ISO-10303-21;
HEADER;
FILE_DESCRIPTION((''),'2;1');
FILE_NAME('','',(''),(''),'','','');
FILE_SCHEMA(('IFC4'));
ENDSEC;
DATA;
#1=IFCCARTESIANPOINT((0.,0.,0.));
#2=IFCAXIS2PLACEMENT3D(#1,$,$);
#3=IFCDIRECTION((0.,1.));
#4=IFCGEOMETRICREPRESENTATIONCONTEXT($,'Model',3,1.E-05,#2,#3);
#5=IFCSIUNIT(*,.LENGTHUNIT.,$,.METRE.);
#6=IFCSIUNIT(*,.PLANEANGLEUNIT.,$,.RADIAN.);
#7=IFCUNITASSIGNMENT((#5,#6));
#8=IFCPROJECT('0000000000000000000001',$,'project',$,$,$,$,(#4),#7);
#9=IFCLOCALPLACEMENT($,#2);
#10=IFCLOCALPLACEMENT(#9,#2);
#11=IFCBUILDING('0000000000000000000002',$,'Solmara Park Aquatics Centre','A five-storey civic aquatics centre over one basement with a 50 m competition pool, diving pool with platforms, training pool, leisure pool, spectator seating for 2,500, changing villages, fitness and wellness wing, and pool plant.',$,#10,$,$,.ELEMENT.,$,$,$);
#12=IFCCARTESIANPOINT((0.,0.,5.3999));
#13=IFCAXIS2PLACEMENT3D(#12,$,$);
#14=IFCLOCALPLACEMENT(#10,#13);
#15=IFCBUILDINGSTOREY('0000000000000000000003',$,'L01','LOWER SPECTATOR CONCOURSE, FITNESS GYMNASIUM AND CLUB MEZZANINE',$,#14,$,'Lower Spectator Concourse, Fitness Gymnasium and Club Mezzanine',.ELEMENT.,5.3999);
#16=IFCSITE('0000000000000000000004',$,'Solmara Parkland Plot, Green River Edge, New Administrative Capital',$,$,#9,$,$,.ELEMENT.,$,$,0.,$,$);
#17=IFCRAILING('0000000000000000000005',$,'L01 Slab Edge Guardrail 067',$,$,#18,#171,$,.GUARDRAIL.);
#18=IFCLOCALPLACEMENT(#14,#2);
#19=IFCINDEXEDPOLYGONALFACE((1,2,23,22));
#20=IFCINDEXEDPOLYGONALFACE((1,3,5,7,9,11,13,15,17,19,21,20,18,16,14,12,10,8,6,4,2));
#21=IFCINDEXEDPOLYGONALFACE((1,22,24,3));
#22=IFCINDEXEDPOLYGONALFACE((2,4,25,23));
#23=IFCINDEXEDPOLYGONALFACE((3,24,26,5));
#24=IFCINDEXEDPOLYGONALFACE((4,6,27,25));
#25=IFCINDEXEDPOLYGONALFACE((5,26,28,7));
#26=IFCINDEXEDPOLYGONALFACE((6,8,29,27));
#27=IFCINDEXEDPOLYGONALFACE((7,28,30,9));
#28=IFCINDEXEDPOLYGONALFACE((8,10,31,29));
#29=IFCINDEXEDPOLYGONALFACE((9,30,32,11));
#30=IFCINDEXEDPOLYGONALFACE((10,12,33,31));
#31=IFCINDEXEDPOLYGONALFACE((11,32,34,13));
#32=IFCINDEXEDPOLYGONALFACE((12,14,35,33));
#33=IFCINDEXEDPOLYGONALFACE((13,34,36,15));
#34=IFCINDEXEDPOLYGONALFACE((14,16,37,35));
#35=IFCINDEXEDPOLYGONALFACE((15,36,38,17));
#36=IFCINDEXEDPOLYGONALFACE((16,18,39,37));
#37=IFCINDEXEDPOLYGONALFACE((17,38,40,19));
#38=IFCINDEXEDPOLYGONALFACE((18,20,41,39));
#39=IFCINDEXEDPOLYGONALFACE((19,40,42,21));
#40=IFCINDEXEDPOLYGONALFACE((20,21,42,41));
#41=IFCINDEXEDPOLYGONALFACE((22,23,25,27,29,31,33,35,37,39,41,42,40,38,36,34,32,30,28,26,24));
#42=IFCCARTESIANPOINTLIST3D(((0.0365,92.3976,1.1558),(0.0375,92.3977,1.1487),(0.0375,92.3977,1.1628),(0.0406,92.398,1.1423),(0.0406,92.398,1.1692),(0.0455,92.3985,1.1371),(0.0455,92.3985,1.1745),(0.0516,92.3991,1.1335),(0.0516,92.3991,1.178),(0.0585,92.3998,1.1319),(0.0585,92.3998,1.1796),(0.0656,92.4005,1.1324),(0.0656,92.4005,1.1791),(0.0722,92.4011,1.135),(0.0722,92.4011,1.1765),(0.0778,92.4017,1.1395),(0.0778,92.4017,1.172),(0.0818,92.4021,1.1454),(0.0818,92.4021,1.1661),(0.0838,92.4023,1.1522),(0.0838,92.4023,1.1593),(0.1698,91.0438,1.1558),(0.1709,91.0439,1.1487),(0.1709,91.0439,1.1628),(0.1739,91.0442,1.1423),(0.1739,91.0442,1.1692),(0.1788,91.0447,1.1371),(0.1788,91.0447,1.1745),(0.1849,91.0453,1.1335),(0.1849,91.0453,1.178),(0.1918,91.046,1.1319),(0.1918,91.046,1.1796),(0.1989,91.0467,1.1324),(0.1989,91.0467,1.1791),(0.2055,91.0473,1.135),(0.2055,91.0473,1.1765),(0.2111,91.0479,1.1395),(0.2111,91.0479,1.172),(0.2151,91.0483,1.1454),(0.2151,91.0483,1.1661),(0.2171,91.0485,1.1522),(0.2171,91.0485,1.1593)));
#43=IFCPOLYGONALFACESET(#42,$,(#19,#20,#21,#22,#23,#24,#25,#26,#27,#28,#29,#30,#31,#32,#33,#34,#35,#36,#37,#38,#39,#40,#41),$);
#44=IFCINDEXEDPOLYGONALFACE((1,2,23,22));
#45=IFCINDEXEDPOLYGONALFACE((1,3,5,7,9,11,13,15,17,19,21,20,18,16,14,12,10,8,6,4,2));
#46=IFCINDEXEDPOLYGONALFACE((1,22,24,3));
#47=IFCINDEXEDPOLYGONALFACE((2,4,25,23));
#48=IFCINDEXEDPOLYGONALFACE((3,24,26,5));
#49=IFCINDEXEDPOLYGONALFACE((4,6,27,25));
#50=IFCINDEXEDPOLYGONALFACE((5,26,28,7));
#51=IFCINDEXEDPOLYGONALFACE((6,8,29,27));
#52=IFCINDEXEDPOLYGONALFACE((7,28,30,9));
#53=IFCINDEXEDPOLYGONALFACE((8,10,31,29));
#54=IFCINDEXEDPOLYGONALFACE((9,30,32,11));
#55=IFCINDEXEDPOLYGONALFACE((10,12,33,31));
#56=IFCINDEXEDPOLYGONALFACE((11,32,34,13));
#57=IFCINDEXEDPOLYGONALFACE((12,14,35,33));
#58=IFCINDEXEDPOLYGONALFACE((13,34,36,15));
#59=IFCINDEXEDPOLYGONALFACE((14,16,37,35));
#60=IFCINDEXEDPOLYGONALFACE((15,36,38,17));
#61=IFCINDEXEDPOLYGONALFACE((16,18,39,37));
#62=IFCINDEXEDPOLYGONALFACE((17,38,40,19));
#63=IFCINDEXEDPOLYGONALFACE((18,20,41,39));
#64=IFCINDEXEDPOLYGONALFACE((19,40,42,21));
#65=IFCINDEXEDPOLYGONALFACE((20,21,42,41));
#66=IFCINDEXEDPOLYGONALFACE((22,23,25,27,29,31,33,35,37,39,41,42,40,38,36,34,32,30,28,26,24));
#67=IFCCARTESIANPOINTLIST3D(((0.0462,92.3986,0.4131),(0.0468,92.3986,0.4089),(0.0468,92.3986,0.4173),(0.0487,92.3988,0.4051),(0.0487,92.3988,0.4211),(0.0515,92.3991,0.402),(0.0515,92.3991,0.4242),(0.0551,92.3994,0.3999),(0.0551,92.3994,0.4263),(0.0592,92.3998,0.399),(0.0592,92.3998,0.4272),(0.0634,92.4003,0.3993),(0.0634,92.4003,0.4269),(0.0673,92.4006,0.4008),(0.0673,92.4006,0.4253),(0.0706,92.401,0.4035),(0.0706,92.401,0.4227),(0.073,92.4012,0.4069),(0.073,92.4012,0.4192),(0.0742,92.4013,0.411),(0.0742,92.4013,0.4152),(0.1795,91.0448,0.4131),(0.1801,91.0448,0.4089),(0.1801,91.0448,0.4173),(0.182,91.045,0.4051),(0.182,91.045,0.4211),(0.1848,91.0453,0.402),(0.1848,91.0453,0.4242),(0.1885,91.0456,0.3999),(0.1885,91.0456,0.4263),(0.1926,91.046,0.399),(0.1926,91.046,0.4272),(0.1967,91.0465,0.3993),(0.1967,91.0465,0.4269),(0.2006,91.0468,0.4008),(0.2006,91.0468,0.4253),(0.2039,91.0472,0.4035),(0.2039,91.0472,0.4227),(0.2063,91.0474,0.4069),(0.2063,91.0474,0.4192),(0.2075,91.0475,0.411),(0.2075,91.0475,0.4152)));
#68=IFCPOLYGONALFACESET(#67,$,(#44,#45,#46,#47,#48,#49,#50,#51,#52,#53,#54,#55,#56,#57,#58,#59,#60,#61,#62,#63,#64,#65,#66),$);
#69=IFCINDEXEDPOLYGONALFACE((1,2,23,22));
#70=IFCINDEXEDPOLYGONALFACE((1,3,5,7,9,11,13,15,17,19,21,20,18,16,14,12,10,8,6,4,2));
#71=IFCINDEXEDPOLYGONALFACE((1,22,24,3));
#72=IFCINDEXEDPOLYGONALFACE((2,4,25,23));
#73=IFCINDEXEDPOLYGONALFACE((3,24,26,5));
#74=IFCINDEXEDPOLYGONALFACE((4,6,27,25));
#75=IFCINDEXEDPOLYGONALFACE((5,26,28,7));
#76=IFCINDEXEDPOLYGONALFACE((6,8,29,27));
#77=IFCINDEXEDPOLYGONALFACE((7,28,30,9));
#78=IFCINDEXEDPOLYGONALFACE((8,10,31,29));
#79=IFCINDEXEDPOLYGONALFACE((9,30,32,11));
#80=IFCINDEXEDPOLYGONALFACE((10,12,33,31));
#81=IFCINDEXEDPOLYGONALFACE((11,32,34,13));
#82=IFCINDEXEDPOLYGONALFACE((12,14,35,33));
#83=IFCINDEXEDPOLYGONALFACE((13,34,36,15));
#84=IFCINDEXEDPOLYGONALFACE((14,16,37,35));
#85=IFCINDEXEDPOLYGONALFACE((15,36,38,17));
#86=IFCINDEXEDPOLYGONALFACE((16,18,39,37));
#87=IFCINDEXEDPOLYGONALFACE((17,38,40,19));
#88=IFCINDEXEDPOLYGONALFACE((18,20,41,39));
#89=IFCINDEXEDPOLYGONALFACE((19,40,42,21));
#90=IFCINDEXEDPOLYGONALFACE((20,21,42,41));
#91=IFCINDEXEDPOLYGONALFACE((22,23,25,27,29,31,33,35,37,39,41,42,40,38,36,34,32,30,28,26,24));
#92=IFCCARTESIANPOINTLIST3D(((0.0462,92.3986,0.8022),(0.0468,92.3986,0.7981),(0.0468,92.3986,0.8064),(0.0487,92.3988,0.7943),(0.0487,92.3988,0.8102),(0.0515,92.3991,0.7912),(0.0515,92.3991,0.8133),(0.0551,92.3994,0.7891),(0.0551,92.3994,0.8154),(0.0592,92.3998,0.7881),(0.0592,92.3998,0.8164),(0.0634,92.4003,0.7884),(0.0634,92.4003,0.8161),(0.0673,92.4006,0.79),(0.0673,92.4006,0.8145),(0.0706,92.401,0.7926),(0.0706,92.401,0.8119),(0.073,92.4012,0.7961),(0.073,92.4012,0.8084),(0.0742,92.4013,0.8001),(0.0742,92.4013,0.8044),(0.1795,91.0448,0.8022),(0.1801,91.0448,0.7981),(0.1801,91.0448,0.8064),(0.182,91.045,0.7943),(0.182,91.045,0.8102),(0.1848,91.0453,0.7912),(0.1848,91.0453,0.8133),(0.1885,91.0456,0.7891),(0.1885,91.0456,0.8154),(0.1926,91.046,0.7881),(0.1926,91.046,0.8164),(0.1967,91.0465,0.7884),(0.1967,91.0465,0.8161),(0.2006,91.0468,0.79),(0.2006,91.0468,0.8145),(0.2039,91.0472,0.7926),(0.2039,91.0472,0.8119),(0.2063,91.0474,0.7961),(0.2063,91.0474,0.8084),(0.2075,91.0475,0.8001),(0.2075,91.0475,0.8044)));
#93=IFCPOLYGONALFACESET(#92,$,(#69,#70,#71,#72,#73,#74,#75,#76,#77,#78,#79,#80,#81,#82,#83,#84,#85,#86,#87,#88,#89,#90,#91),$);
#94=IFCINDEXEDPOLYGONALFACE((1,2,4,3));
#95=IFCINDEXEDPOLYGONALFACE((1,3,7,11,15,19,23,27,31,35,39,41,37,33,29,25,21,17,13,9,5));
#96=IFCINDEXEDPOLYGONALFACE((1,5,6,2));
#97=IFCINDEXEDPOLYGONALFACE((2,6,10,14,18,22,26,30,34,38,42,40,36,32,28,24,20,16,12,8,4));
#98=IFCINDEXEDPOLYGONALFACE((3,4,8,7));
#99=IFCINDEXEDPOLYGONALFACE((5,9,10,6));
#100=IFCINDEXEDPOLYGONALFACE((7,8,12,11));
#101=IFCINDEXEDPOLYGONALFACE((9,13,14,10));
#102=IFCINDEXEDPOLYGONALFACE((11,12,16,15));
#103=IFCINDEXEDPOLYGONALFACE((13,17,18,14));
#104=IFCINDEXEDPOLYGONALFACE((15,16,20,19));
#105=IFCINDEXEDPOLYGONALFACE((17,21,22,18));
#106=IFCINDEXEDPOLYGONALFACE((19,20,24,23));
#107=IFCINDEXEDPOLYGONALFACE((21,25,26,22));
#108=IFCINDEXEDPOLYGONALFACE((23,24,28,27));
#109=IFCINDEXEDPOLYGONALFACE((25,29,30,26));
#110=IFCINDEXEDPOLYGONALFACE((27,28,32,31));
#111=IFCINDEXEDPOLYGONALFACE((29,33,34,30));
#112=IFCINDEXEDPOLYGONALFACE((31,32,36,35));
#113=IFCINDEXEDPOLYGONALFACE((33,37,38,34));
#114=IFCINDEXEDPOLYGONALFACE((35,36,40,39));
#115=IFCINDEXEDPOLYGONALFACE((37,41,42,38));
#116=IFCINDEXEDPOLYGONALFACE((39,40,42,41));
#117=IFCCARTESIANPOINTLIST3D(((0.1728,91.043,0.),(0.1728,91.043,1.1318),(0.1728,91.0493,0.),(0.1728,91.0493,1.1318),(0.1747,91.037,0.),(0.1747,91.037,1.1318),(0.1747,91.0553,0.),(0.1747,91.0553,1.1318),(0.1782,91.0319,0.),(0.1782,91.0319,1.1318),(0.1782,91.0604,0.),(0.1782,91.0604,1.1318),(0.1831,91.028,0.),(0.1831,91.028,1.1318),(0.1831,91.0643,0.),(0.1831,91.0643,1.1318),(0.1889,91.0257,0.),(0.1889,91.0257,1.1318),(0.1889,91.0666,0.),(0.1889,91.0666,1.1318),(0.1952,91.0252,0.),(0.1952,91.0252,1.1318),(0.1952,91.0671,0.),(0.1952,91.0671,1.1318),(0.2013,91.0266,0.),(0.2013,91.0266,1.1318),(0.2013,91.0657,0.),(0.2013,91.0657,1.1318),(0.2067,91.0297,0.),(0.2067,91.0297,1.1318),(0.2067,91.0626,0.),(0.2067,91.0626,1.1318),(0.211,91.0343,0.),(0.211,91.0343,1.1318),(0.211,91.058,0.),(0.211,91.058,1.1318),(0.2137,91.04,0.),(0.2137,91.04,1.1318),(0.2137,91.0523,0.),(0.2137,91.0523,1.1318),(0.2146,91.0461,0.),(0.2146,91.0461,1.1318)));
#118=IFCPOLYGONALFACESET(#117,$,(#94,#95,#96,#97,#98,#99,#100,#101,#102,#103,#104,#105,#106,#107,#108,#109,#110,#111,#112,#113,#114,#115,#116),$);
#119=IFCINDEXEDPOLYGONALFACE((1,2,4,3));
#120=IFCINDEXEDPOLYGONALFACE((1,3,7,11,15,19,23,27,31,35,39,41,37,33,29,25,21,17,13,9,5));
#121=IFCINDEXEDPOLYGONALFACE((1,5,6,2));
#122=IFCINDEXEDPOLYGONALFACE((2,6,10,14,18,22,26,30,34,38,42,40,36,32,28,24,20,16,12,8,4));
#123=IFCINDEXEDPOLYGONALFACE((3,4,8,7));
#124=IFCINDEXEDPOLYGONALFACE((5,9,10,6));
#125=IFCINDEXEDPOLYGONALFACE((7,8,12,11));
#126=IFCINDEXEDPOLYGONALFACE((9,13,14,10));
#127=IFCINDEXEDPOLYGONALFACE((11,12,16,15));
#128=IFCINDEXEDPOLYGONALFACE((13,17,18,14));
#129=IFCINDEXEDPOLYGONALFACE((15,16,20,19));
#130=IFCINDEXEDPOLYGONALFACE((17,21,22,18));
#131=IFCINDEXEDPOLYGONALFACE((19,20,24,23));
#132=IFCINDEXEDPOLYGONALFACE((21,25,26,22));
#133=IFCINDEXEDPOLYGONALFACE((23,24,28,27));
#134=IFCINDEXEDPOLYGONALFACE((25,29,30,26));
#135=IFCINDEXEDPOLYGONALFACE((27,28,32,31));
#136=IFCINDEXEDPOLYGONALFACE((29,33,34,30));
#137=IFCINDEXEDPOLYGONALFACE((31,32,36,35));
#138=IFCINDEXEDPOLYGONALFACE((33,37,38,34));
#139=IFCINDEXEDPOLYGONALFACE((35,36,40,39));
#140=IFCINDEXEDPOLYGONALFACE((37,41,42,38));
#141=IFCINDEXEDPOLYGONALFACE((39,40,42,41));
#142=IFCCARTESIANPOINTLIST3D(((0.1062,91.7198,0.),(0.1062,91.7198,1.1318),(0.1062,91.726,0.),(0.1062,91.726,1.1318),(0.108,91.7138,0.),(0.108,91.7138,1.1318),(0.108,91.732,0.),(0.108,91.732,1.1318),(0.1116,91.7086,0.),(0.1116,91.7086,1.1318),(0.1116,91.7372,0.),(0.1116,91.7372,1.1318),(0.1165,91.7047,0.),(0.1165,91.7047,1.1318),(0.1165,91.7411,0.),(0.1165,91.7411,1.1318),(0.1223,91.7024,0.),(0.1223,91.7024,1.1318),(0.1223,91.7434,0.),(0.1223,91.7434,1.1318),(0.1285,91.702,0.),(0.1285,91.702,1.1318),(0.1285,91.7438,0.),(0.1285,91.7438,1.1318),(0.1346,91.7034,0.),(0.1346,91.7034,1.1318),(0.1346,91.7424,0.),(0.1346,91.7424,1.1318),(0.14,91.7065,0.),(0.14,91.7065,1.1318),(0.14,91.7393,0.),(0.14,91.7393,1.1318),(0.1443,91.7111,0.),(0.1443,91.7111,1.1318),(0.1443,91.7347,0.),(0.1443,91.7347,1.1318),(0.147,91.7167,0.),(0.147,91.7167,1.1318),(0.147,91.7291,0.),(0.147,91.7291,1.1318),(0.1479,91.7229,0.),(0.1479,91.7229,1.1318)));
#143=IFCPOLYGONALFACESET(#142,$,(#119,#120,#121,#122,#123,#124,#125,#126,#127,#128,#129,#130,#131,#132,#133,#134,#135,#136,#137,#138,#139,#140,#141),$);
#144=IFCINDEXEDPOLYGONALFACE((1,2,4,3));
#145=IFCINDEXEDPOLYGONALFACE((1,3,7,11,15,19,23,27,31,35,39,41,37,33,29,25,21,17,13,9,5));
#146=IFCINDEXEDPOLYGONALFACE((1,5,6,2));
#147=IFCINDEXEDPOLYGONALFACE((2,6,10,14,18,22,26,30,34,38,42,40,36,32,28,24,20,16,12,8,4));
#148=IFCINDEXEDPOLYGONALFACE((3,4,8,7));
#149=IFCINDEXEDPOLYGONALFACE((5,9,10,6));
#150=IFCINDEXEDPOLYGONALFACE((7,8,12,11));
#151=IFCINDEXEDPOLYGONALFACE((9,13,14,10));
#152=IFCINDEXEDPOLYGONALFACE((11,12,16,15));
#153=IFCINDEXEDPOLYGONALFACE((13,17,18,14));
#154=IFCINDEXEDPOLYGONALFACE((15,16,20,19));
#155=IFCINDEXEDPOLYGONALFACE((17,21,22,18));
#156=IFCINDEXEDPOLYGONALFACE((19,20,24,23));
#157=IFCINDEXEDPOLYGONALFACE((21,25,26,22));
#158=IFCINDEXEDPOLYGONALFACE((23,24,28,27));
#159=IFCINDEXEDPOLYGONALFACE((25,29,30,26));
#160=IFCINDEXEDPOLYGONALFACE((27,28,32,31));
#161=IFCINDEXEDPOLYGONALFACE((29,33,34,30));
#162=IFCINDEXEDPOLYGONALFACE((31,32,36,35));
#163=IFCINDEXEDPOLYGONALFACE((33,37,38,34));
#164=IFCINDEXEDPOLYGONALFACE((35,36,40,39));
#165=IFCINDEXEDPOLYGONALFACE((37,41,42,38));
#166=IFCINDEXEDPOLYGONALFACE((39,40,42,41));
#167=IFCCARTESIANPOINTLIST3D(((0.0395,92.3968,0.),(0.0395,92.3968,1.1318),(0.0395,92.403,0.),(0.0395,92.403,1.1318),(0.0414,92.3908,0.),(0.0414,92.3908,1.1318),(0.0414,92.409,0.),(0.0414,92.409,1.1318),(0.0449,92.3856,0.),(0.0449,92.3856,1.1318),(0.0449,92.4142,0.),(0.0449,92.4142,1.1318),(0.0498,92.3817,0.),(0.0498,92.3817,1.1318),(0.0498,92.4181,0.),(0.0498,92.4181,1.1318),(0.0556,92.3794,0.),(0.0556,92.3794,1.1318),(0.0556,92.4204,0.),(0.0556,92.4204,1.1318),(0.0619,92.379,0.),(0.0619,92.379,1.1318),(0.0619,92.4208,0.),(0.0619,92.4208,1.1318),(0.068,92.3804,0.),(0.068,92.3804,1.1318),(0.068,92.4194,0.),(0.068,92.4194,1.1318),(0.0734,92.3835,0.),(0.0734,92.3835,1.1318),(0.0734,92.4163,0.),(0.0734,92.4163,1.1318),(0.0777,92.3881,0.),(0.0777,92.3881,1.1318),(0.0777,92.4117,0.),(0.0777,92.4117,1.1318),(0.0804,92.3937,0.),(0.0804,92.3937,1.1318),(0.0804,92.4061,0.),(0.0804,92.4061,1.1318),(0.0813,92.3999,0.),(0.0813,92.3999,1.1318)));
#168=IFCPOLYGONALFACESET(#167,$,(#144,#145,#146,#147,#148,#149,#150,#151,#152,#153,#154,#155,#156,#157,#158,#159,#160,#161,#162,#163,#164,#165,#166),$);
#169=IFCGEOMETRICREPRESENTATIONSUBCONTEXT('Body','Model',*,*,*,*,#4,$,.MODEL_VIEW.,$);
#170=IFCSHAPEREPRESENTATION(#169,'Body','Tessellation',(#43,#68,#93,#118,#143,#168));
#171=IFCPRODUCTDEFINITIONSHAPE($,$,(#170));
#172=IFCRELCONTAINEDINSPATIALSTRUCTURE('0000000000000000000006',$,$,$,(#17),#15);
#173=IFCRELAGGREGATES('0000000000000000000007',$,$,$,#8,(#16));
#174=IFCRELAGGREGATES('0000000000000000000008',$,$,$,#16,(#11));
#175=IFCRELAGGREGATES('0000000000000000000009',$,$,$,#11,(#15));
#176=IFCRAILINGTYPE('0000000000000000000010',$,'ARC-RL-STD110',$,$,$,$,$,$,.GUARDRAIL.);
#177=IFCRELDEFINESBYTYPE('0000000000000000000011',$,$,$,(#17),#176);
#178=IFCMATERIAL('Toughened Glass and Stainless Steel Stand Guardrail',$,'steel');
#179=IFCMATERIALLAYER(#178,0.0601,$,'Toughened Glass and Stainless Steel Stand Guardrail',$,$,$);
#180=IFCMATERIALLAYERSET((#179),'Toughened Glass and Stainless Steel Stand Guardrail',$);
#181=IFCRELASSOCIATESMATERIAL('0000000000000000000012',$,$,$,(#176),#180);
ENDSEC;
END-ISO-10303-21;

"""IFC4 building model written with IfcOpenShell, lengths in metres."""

from ifc_helpers import new_model, si_unit, direction, frame, origin, origin_2d, place, context, subcontext, project, spatial, circle, extrude, material, layer, layer_set, type_object, element, save


model = new_model("IFC4")

# Units and contexts
model_context = context("Model", 3, precision=1e-05, world=origin(), true_north=direction((0.0, 1.0)))
body_context = subcontext(model_context, "Body", "Model", "MODEL_VIEW")
ifc_project = project(units=[si_unit("LENGTHUNIT", "METRE"), si_unit("PLANEANGLEUNIT", "RADIAN")], contexts=[model_context])

# Site, building, storey
site_placement = place(None, origin())
site = spatial("IfcSite", under=ifc_project, at=site_placement, Name="Solmara Parkland Plot, Green River Edge, New Administrative Capital", CompositionType="ELEMENT", RefElevation=0.0)
building_placement = place(site_placement, origin())
building = spatial("IfcBuilding", under=site, at=building_placement, Name="Solmara Park Aquatics Centre", Description="A five-storey civic aquatics centre over one basement with a 50 m competition pool, diving pool with platforms, training pool, leisure pool, spectator seating for 2,500, changing villages, fitness and wellness wing, and pool plant.", CompositionType="ELEMENT")
storey_placement = place(building_placement, frame((0.0, 0.0, 5.3999)))
storey = spatial("IfcBuildingStorey", under=building, at=storey_placement, Name="L01", Description="LOWER SPECTATOR CONCOURSE, FITNESS GYMNASIUM AND CLUB MEZZANINE", LongName="Lower Spectator Concourse, Fitness Gymnasium and Club Mezzanine", CompositionType="ELEMENT", Elevation=5.3999)

# Railing
ifc_material_1 = material(Name="Toughened Glass and Stainless Steel Stand Guardrail", Category="steel")
ifc_layer_1 = layer(ifc_material_1, 0.0601, Name="Toughened Glass and Stainless Steel Stand Guardrail")
ifc_layer_set_1 = layer_set([ifc_layer_1], Name="Toughened Glass and Stainless Steel Stand Guardrail")
railing_type = type_object("IfcRailingType", Name="ARC-RL-STD110", PredefinedType="GUARDRAIL", material=ifc_layer_set_1)
railing_1_placement = place(storey_placement, frame((0.1936, 91.0461, 0.0)))
element("IfcRailing", 1, at=railing_1_placement, inside=storey, type_object=railing_type, Name="L01 Slab Edge Guardrail 067", PredefinedType="GUARDRAIL", context=body_context, shape_type="SweptSolid", body=[
    extrude(circle(Radius=0.0239, at=origin_2d()), frame((0.0, 0.0, 1.1558), z_axis=(-0.097993, 0.995187, 0.0), x_axis=(-0.995187, -0.097993, 0.0)), (0.0, 0.0, 1.0), 1.3604),
    extrude(circle(Radius=0.0142, at=origin_2d()), frame((0.0, 0.0, 0.4131), z_axis=(-0.097993, 0.995187, 0.0), x_axis=(-0.995187, -0.097993, 0.0)), (0.0, 0.0, 1.0), 1.3604),
    extrude(circle(Radius=0.0142, at=origin_2d()), frame((0.0, 0.0, 0.8022), z_axis=(-0.097993, 0.995187, 0.0), x_axis=(-0.995187, -0.097993, 0.0)), (0.0, 0.0, 1.0), 1.3604),
    extrude(circle(Radius=0.021, at=origin_2d()), origin(), (0.0, 0.0, 1.0), 1.1318),
    extrude(circle(Radius=0.021, at=origin_2d()), frame((-0.0667, 0.6768, 0.0)), (0.0, 0.0, 1.0), 1.1318),
    extrude(circle(Radius=0.021, at=origin_2d()), frame((-0.1333, 1.3538, 0.0)), (0.0, 0.0, 1.0), 1.1318),
])

save(model, "model.ifc")
